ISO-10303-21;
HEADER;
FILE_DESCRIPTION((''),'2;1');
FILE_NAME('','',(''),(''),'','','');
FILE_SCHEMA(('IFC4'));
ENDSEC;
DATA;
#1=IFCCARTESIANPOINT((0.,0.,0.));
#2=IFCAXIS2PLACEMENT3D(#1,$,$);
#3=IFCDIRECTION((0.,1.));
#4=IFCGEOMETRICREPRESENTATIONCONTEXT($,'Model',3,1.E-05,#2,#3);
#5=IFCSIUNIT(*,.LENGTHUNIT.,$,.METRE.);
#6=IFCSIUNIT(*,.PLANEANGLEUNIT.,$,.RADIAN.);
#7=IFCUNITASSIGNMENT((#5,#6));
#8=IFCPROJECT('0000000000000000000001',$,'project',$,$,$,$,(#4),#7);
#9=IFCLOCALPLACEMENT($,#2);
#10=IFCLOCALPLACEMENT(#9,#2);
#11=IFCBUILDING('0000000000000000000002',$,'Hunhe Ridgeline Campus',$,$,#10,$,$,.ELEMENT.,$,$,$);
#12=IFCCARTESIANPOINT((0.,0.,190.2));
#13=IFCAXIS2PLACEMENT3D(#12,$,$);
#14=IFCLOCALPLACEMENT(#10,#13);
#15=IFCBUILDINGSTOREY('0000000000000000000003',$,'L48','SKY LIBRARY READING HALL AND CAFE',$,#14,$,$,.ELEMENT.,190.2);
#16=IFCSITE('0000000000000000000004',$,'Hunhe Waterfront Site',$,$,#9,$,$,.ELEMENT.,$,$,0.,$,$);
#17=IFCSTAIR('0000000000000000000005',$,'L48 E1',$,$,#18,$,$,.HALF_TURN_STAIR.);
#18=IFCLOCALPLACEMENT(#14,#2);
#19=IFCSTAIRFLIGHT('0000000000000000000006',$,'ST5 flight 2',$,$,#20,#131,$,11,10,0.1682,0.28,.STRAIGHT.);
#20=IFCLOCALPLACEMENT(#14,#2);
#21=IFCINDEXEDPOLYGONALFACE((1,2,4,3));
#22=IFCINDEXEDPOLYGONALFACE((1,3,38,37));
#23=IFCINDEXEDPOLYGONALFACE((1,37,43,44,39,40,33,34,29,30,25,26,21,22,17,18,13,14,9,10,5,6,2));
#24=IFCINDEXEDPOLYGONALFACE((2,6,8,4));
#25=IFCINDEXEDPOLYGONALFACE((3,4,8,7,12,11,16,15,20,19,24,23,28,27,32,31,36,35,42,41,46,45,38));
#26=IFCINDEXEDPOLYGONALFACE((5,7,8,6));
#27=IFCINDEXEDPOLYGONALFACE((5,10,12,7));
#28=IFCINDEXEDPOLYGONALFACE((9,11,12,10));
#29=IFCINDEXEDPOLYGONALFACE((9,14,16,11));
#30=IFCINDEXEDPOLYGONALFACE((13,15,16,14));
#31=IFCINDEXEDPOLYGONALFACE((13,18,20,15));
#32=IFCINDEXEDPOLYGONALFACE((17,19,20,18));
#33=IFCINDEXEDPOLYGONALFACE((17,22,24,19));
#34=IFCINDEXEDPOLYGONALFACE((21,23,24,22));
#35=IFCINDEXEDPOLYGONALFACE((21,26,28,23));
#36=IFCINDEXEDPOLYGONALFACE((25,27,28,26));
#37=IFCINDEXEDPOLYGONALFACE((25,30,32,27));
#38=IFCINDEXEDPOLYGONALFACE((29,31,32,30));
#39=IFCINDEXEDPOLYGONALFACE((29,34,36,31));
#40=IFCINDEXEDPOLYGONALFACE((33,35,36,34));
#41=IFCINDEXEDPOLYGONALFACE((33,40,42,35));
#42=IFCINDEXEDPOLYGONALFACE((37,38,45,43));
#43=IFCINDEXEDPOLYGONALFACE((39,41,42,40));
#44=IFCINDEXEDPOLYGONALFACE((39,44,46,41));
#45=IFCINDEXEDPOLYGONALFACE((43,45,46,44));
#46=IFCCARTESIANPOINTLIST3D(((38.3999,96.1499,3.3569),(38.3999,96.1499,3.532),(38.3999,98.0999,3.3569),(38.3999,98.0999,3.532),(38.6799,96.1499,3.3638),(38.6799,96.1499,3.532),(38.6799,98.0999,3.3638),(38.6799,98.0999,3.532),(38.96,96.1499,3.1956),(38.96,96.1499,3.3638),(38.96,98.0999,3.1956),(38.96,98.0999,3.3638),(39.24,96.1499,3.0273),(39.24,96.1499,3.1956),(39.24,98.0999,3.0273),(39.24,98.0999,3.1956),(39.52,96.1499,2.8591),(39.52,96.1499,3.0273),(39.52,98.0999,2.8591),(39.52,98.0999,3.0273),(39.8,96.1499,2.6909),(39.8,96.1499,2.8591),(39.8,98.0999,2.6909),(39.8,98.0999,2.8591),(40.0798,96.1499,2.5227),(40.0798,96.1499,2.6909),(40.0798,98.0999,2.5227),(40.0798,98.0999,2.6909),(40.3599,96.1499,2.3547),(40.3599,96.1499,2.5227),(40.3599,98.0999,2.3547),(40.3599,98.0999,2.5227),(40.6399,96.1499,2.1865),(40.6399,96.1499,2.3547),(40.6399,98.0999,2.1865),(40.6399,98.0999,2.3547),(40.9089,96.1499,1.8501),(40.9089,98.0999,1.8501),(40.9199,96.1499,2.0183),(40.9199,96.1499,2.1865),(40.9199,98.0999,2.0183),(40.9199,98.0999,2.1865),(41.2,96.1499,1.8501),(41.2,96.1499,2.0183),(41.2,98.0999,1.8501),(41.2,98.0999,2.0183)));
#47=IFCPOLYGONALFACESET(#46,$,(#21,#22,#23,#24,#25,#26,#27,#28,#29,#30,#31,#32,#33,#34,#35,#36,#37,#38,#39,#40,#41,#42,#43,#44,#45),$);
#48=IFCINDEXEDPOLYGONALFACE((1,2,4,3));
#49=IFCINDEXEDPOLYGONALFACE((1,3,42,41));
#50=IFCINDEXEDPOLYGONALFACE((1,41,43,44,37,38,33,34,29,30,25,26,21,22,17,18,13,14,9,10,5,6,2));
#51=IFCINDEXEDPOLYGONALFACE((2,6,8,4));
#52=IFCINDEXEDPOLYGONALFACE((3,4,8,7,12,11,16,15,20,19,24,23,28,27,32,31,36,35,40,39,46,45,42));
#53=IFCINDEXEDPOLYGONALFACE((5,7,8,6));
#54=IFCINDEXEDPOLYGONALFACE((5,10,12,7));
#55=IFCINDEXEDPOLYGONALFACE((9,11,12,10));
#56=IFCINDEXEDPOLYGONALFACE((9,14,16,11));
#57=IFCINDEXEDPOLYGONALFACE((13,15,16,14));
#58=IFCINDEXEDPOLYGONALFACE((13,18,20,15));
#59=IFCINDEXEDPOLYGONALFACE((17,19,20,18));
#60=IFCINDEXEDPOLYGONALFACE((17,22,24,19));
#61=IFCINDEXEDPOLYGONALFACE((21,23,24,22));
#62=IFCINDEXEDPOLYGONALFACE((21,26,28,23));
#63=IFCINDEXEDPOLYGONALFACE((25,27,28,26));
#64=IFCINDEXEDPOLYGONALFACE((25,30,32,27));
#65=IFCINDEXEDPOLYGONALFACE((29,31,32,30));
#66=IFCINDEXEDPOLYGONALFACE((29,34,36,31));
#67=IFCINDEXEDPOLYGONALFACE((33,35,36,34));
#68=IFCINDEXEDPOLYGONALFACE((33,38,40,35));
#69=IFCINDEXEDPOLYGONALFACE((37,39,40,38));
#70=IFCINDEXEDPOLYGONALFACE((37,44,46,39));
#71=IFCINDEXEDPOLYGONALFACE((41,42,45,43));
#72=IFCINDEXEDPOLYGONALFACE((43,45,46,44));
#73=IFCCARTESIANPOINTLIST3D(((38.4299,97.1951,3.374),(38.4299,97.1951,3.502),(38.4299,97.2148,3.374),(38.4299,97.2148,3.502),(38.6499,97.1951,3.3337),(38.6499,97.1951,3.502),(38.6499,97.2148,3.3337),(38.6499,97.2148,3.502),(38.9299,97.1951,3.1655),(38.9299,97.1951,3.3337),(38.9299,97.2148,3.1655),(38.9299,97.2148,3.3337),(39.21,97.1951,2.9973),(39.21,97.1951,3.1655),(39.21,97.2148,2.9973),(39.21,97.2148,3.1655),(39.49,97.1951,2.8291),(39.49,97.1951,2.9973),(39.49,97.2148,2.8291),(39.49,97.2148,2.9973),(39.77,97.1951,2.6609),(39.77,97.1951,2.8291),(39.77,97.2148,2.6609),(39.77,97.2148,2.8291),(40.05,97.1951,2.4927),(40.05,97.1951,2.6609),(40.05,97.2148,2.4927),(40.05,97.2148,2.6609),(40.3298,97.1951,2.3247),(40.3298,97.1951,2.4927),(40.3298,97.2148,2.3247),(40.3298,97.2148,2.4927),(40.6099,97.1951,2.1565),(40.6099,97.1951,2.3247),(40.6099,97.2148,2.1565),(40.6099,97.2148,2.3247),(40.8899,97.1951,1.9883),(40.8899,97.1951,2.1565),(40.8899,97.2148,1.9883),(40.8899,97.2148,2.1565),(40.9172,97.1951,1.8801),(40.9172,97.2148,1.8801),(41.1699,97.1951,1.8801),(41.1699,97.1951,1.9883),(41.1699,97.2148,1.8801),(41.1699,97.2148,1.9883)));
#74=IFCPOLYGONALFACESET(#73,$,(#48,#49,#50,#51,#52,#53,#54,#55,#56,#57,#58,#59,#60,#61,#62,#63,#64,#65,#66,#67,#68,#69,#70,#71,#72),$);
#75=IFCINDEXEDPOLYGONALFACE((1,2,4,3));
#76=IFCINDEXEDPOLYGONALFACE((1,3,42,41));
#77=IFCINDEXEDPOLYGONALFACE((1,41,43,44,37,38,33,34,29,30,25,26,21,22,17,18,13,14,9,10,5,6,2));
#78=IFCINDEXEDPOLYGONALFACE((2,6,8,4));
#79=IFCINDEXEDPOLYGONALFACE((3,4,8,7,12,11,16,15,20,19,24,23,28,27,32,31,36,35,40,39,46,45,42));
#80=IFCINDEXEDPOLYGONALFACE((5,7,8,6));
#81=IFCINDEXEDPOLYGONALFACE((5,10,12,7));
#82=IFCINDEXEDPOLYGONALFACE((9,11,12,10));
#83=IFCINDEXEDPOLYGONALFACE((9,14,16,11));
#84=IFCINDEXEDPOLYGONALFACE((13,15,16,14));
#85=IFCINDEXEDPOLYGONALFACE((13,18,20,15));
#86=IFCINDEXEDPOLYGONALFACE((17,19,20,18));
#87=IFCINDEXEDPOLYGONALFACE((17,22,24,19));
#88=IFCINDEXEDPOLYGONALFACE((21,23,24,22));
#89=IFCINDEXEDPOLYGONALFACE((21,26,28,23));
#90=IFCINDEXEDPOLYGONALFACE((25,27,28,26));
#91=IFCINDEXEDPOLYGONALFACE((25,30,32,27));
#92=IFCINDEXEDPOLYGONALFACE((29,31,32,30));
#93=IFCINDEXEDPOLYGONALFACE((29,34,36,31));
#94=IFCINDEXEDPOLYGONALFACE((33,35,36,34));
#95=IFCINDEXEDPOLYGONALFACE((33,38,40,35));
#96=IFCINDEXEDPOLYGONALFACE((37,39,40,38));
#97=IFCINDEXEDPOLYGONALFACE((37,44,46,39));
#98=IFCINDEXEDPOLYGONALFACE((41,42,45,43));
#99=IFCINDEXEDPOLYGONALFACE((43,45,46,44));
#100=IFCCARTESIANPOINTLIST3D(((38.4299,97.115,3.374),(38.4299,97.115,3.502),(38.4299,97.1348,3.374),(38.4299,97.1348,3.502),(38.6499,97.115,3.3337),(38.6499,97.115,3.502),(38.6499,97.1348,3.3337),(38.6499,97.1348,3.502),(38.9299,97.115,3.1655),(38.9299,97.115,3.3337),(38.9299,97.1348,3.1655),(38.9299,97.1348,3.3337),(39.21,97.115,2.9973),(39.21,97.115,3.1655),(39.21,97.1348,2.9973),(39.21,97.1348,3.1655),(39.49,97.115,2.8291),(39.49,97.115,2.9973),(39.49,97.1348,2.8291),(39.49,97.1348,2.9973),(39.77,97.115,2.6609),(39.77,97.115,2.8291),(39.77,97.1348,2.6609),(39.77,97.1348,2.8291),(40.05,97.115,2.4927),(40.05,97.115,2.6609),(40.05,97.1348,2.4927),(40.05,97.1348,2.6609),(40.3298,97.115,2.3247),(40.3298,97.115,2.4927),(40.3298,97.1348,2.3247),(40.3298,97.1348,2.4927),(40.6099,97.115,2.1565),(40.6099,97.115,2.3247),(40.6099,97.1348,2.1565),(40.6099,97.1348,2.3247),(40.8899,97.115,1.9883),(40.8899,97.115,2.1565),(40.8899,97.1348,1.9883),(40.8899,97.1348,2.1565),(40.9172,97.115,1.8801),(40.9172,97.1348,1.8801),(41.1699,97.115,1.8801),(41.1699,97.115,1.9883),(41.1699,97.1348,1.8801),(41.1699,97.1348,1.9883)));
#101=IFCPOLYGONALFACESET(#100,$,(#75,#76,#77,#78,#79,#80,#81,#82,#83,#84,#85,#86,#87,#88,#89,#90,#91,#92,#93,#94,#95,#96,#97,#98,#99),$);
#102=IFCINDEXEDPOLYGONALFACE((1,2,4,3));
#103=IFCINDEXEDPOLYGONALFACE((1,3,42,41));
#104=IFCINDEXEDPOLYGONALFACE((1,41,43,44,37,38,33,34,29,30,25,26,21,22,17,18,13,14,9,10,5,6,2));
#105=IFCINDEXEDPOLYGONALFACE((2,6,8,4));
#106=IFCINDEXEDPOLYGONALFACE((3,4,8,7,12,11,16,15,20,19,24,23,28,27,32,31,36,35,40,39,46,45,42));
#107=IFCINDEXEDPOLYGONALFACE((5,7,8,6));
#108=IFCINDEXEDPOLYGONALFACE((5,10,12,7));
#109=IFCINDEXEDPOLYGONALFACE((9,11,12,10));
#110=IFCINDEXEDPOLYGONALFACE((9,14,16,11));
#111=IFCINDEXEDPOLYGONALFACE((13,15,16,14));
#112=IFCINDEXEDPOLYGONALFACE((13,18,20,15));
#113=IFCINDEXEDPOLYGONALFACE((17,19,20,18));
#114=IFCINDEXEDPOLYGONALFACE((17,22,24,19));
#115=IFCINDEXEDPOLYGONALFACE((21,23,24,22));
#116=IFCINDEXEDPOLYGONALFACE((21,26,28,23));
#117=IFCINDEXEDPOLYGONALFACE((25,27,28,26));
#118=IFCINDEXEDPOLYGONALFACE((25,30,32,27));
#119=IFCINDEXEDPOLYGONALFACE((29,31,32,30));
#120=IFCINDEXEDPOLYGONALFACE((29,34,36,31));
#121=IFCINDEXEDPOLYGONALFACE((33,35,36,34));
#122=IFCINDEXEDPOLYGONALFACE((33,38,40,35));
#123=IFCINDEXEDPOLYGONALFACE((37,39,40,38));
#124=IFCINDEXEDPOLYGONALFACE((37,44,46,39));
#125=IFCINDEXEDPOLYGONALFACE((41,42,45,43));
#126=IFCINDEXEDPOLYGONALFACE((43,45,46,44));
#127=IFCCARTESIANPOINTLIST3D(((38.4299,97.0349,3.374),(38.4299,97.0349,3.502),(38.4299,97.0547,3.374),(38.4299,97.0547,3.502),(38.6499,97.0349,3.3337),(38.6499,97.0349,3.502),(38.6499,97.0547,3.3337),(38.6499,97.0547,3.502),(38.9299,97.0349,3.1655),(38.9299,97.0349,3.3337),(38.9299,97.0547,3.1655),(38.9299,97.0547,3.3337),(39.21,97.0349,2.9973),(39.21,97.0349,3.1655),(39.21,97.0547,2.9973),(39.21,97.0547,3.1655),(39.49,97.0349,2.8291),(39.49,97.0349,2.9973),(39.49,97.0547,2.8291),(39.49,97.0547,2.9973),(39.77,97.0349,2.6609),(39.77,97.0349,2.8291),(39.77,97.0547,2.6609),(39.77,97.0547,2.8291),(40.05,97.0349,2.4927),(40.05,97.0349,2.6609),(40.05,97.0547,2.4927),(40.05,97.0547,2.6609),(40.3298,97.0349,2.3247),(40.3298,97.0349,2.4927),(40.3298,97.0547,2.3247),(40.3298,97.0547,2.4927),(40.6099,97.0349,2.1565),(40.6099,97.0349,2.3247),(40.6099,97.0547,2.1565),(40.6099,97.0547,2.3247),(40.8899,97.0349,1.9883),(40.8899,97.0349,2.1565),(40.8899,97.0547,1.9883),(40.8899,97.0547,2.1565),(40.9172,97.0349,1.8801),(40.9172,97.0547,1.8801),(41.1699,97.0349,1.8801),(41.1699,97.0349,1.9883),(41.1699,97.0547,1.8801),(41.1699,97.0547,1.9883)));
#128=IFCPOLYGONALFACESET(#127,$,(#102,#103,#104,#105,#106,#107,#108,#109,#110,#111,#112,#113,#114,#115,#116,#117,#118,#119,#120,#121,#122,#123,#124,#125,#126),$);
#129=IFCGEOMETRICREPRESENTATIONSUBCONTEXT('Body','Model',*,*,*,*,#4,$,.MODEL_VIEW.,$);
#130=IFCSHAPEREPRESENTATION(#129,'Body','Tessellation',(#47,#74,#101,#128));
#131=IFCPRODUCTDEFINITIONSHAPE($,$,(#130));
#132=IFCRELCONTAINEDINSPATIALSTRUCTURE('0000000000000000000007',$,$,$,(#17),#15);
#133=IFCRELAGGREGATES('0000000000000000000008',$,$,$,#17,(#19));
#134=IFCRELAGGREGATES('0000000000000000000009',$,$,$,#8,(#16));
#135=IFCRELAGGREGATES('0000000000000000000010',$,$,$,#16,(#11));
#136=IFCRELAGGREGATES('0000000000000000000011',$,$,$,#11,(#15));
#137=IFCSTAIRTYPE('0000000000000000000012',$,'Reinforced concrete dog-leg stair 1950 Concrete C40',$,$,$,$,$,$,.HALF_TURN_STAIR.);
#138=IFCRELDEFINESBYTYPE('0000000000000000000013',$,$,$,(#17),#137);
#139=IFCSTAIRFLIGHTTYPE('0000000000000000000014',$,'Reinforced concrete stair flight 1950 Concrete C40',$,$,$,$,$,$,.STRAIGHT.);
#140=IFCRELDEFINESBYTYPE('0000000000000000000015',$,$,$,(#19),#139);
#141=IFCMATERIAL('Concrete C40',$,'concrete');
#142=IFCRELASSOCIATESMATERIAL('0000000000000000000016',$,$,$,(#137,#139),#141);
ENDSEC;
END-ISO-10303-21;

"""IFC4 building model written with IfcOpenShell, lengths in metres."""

from ifc_helpers import new_model, si_unit, direction, frame, origin, place, context, subcontext, project, spatial, polyline, outline, extrude, material, type_object, element, aggregate, save


model = new_model("IFC4")

# Units and contexts
model_context = context("Model", 3, precision=1e-05, world=origin(), true_north=direction((0.0, 1.0)))
body_context = subcontext(model_context, "Body", "Model", "MODEL_VIEW")
ifc_project = project(units=[si_unit("LENGTHUNIT", "METRE"), si_unit("PLANEANGLEUNIT", "RADIAN")], contexts=[model_context])

# Site, building, storey
site_placement = place(None, origin())
site = spatial("IfcSite", under=ifc_project, at=site_placement, Name="Hunhe Waterfront Site", CompositionType="ELEMENT", RefElevation=0.0)
building_placement = place(site_placement, origin())
building = spatial("IfcBuilding", under=site, at=building_placement, Name="Hunhe Ridgeline Campus", CompositionType="ELEMENT")
storey_placement = place(building_placement, frame((0.0, 0.0, 190.2)))
storey = spatial("IfcBuildingStorey", under=building, at=storey_placement, Name="L48", Description="SKY LIBRARY READING HALL AND CAFE", CompositionType="ELEMENT", Elevation=190.2)

# Stair, stair flight
ifc_material_1 = material(Name="Concrete C40", Category="concrete")
stair_type = type_object("IfcStairType", Name="Reinforced concrete dog-leg stair 1950 Concrete C40", PredefinedType="HALF_TURN_STAIR", material=ifc_material_1)
stair_placement = place(storey_placement, origin())
stair = element("IfcStair", 1, at=stair_placement, inside=storey, type_object=stair_type, Name="L48 E1", PredefinedType="HALF_TURN_STAIR")
stair_flight_type = type_object("IfcStairFlightType", Name="Reinforced concrete stair flight 1950 Concrete C40", PredefinedType="STRAIGHT", material=ifc_material_1)
stair_flight_1_placement = place(storey_placement, frame((41.2, 97.125, 1.8501), z_axis=(0.0, 0.0, 1.0), x_axis=(-1.0, 0.0, 0.0)))
stair_flight_1 = element("IfcStairFlight", 2, at=stair_flight_1_placement, type_object=stair_flight_type, Name="ST5 flight 2", NumberOfRisers=11, NumberOfTreads=10, PredefinedType="STRAIGHT", RiserHeight=0.1682, TreadLength=0.28, context=body_context, shape_type="SweptSolid", body=[
    extrude(outline(polyline([(0.0, 0.0), (0.0, 0.1682), (0.28, 0.1682), (0.28, 0.3364), (0.5601, 0.3364), (0.5601, 0.5046), (0.8401, 0.5046), (0.8401, 0.6726), (1.1201, 0.6726), (1.1201, 0.8408), (1.3999, 0.8408), (1.3999, 1.009), (1.6799, 1.009), (1.6799, 1.1772), (1.96, 1.1772), (1.96, 1.3455), (2.24, 1.3455), (2.24, 1.5137), (2.52, 1.5137), (2.52, 1.6819), (2.8, 1.6819), (2.8, 1.8501), (2.8, 1.5068), (0.291, 0.0), (0.0, 0.0)])), frame((0.0, 0.9751, 0.0), z_axis=(0.0, -1.0, 0.0), x_axis=(1.0, 0.0, 0.0)), (0.0, 0.0, 1.0), 1.95),
    extrude(outline(polyline([(0.03, 0.03), (0.03, 0.1382), (0.3101, 0.1382), (0.3101, 0.3064), (0.5901, 0.3064), (0.5901, 0.4746), (0.8701, 0.4746), (0.8701, 0.6426), (1.1499, 0.6426), (1.1499, 0.8108), (1.4299, 0.8108), (1.4299, 0.979), (1.71, 0.979), (1.71, 1.1472), (1.99, 1.1472), (1.99, 1.3154), (2.27, 1.3154), (2.27, 1.4836), (2.55, 1.4836), (2.55, 1.6519), (2.77, 1.6519), (2.77, 1.5239), (0.2827, 0.03), (0.03, 0.03)])), frame((0.0, -0.0701, 0.0), z_axis=(0.0, -1.0, 0.0), x_axis=(1.0, 0.0, 0.0)), (0.0, 0.0, 1.0), 0.0198),
    extrude(outline(polyline([(0.03, 0.03), (0.03, 0.1382), (0.3101, 0.1382), (0.3101, 0.3064), (0.5901, 0.3064), (0.5901, 0.4746), (0.8701, 0.4746), (0.8701, 0.6426), (1.1499, 0.6426), (1.1499, 0.8108), (1.4299, 0.8108), (1.4299, 0.979), (1.71, 0.979), (1.71, 1.1472), (1.99, 1.1472), (1.99, 1.3154), (2.27, 1.3154), (2.27, 1.4836), (2.55, 1.4836), (2.55, 1.6519), (2.77, 1.6519), (2.77, 1.5239), (0.2827, 0.03), (0.03, 0.03)])), frame((0.0, 0.01, 0.0), z_axis=(0.0, -1.0, 0.0), x_axis=(1.0, 0.0, 0.0)), (0.0, 0.0, 1.0), 0.0198),
    extrude(outline(polyline([(0.03, 0.03), (0.03, 0.1382), (0.3101, 0.1382), (0.3101, 0.3064), (0.5901, 0.3064), (0.5901, 0.4746), (0.8701, 0.4746), (0.8701, 0.6426), (1.1499, 0.6426), (1.1499, 0.8108), (1.4299, 0.8108), (1.4299, 0.979), (1.71, 0.979), (1.71, 1.1472), (1.99, 1.1472), (1.99, 1.3154), (2.27, 1.3154), (2.27, 1.4836), (2.55, 1.4836), (2.55, 1.6519), (2.77, 1.6519), (2.77, 1.5239), (0.2827, 0.03), (0.03, 0.03)])), frame((0.0, 0.0901, 0.0), z_axis=(0.0, -1.0, 0.0), x_axis=(1.0, 0.0, 0.0)), (0.0, 0.0, 1.0), 0.0198),
])
aggregate(stair, [stair_flight_1])

save(model, "model.ifc")
